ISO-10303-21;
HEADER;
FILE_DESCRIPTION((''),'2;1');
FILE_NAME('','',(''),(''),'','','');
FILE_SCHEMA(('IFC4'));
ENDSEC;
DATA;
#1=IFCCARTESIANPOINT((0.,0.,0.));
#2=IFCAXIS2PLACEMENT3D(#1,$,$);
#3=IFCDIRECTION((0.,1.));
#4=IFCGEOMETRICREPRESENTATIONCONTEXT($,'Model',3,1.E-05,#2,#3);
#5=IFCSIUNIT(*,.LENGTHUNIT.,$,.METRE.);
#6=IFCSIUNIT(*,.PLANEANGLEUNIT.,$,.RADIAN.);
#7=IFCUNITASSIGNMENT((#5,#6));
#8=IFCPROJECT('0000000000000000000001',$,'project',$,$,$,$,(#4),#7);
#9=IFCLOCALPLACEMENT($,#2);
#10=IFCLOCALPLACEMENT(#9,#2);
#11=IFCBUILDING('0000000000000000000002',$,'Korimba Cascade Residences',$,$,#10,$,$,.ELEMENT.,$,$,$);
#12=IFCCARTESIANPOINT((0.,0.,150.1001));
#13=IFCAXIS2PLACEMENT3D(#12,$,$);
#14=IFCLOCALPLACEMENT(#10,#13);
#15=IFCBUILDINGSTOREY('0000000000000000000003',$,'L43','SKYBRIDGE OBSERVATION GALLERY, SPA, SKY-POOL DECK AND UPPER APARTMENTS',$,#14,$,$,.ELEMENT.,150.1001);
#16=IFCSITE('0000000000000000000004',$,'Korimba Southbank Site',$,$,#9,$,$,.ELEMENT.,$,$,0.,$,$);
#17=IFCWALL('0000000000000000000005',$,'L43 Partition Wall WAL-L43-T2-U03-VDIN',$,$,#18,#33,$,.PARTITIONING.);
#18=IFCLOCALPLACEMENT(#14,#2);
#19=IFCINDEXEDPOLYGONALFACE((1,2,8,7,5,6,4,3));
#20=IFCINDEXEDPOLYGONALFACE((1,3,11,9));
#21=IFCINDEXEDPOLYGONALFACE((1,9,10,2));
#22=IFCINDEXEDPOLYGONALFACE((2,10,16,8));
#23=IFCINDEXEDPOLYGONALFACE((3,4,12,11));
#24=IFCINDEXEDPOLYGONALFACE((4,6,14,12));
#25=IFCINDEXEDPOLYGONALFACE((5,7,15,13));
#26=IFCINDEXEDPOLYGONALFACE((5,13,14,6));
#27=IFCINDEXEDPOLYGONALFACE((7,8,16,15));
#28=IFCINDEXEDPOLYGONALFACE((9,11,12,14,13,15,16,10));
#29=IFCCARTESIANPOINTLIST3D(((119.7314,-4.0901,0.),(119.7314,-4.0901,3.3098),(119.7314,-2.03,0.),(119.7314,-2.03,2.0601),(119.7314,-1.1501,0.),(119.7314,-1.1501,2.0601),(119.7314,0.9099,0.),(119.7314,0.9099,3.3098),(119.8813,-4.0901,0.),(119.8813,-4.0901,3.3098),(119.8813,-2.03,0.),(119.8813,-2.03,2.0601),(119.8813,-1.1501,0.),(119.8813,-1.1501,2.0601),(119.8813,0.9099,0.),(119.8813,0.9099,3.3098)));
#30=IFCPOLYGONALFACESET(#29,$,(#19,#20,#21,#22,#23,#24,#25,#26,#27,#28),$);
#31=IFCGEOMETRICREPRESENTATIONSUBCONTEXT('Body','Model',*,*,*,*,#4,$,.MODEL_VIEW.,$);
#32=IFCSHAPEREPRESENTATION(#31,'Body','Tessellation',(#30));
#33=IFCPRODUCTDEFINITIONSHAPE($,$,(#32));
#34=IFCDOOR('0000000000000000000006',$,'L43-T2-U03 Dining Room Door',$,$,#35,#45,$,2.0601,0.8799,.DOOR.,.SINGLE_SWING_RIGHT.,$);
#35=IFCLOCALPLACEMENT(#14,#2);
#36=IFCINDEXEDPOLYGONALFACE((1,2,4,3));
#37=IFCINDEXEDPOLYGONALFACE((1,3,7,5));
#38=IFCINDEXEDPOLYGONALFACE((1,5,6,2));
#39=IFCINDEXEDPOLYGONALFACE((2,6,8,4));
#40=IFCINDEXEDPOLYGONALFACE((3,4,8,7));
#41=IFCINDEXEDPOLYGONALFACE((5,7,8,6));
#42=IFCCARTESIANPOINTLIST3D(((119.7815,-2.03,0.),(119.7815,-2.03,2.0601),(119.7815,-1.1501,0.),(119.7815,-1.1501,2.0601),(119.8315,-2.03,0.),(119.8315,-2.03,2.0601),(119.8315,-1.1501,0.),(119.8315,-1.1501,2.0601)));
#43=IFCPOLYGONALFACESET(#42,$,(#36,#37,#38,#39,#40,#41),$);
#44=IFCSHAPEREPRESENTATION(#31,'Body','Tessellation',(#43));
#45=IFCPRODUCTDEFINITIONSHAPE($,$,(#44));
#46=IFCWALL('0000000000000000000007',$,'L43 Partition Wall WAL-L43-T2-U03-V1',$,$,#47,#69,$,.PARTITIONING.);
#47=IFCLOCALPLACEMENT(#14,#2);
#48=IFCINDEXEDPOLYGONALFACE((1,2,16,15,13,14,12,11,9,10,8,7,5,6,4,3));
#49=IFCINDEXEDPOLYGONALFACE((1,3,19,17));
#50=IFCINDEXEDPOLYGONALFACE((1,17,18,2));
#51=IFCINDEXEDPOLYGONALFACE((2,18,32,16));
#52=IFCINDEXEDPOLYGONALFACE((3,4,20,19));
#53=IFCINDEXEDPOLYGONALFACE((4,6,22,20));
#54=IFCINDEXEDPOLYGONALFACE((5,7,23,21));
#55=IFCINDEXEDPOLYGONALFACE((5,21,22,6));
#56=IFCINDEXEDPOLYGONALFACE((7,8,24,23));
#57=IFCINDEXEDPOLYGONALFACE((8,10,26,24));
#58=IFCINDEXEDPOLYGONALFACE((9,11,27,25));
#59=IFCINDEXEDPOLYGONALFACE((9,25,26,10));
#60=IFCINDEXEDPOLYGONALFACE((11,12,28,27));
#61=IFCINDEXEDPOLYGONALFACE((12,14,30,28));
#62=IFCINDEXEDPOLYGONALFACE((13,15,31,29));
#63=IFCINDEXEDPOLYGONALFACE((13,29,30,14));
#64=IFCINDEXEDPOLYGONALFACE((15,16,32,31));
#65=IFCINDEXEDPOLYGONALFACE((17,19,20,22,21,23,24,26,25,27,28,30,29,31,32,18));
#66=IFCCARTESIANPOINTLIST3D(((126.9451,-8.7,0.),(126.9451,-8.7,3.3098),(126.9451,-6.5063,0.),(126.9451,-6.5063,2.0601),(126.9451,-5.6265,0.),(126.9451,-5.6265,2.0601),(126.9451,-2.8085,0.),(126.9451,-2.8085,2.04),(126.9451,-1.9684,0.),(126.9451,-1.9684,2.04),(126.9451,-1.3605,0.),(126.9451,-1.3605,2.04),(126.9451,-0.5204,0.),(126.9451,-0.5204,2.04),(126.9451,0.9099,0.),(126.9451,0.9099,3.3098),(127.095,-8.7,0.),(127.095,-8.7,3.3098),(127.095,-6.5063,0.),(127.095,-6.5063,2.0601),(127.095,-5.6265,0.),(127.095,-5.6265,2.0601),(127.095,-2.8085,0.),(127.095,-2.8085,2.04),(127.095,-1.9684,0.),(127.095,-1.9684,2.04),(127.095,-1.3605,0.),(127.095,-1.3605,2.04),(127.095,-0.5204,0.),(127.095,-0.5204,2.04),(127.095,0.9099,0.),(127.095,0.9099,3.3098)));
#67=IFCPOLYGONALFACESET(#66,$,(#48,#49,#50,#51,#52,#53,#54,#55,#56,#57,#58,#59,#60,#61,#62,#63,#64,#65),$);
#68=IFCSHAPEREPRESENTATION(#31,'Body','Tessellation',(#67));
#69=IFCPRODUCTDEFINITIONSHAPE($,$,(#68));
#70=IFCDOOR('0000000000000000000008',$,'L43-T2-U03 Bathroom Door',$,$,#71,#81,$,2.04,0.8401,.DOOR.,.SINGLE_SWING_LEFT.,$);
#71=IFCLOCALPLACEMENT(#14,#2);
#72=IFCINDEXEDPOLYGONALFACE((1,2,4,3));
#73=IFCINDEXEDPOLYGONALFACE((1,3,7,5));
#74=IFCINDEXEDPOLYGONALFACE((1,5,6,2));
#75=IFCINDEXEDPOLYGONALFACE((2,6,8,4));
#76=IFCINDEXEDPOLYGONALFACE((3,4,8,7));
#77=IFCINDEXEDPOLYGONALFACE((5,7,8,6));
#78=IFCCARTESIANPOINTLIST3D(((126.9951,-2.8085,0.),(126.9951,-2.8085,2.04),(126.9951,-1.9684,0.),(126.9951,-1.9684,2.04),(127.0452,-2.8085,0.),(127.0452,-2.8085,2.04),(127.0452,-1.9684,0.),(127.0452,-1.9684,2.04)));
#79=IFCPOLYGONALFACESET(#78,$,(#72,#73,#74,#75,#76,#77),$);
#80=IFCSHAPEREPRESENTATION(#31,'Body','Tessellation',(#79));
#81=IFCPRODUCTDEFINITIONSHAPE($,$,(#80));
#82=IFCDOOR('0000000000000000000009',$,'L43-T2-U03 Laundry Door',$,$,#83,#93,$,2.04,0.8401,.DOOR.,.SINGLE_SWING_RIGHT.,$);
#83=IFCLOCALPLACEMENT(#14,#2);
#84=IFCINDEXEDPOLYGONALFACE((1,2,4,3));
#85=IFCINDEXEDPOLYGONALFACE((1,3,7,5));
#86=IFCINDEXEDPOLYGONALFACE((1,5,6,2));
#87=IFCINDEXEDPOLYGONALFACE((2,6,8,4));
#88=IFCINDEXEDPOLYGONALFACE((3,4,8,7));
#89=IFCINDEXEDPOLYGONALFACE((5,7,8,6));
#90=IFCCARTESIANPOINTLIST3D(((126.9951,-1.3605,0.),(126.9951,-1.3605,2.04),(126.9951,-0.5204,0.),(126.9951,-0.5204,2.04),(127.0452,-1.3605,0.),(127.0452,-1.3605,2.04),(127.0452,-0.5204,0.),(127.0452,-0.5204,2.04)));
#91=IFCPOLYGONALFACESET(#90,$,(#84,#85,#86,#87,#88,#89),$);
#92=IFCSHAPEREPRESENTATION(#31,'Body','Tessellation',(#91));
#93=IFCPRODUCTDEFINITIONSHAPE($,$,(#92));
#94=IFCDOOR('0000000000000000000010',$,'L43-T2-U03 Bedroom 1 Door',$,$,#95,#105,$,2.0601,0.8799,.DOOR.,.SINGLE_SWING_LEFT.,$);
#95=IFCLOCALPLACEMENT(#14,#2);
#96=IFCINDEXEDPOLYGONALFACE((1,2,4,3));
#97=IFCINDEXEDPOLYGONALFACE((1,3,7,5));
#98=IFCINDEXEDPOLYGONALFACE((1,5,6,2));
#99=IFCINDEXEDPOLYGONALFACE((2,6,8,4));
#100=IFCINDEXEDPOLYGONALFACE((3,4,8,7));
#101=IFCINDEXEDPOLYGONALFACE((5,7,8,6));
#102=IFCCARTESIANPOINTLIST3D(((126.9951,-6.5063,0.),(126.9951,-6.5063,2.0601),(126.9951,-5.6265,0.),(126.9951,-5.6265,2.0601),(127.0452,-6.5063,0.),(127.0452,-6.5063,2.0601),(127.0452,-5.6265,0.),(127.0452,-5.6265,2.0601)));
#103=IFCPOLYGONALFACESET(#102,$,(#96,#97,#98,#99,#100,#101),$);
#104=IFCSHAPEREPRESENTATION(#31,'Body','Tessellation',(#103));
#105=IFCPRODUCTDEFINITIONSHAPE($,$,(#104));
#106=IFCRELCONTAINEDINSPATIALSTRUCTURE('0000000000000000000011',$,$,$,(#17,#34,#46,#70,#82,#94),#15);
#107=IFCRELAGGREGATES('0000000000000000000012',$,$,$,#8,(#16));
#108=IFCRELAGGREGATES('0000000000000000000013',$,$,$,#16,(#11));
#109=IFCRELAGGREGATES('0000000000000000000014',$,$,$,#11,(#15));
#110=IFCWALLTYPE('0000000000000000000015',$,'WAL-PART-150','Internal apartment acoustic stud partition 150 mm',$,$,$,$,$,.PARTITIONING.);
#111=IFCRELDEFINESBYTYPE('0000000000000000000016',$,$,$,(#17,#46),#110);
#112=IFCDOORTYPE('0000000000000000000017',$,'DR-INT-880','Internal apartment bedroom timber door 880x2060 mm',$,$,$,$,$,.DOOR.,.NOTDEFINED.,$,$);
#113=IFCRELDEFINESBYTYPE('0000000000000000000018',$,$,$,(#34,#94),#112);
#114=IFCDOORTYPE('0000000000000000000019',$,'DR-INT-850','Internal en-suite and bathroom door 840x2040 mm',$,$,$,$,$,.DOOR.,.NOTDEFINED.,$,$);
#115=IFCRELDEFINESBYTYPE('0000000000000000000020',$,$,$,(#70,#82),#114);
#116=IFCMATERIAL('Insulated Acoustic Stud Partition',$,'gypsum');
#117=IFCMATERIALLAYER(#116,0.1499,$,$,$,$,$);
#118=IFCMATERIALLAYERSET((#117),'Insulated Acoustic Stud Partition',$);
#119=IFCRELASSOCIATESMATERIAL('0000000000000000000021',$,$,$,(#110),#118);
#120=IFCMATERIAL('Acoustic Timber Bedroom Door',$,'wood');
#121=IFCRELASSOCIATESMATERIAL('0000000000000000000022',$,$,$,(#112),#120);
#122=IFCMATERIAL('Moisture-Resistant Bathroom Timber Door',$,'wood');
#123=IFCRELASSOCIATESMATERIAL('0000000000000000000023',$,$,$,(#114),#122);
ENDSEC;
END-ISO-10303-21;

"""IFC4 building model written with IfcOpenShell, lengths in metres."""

from ifc_helpers import new_model, si_unit, direction, frame, frame_2d, origin, place, context, subcontext, project, spatial, rectangle, extrude, material, layer, layer_set, type_object, element, fill, save


model = new_model("IFC4")

# Units and contexts
model_context = context("Model", 3, precision=1e-05, world=origin(), true_north=direction((0.0, 1.0)))
body_context = subcontext(model_context, "Body", "Model", "MODEL_VIEW")
ifc_project = project(units=[si_unit("LENGTHUNIT", "METRE"), si_unit("PLANEANGLEUNIT", "RADIAN")], contexts=[model_context])

# Site, building, storey
site_placement = place(None, origin())
site = spatial("IfcSite", under=ifc_project, at=site_placement, Name="Korimba Southbank Site", CompositionType="ELEMENT", RefElevation=0.0)
building_placement = place(site_placement, origin())
building = spatial("IfcBuilding", under=site, at=building_placement, Name="Korimba Cascade Residences", CompositionType="ELEMENT")
storey_placement = place(building_placement, frame((0.0, 0.0, 150.1001)))
storey = spatial("IfcBuildingStorey", under=building, at=storey_placement, Name="L43", Description="SKYBRIDGE OBSERVATION GALLERY, SPA, SKY-POOL DECK AND UPPER APARTMENTS", CompositionType="ELEMENT", Elevation=150.1001)

# Wall, opening, door
ifc_material_1 = material(Name="Insulated Acoustic Stud Partition", Category="gypsum")
ifc_layer_1 = layer(ifc_material_1, 0.1499)
ifc_layer_set_1 = layer_set([ifc_layer_1], Name="Insulated Acoustic Stud Partition")
wall_type_1 = type_object("IfcWallType", Name="WAL-PART-150", Description="Internal apartment acoustic stud partition 150 mm", PredefinedType="PARTITIONING", material=ifc_layer_set_1)
wall_1_placement = place(storey_placement, frame((119.8064, -4.0901, 0.0), z_axis=(0.0, 0.0, 1.0), x_axis=(0.0, 1.0, 0.0)))
wall_1 = element("IfcWall", 1, at=wall_1_placement, inside=storey, type_object=wall_type_1, Name="L43 Partition Wall WAL-L43-T2-U03-VDIN", PredefinedType="PARTITIONING", context=body_context, shape_type="SweptSolid", body=[
    extrude(rectangle(XDim=5.0, YDim=0.1499, at=frame_2d((2.5, 0.0))), origin(), (0.0, 0.0, 1.0), 3.3098),
])
opening_1_placement = place(wall_1_placement, frame((2.0601, 0.0, 0.0)))
opening_1 = element("IfcOpeningElement", 2, at=opening_1_placement, cuts=wall_1, PredefinedType="OPENING", context=body_context, shape_type="SweptSolid", body=[
    extrude(rectangle(XDim=0.8799, YDim=2.0601, at=frame_2d((0.4399, 1.03))), frame((0.0, 0.085, 0.0), z_axis=(0.0, -1.0, 0.0), x_axis=(1.0, 0.0, 0.0)), (0.0, 0.0, 1.0), 0.1699),
])
ifc_material_2 = material(Name="Acoustic Timber Bedroom Door", Category="wood")
door_type_1 = type_object("IfcDoorType", Name="DR-INT-880", Description="Internal apartment bedroom timber door 880x2060 mm", OperationType="NOTDEFINED", PredefinedType="DOOR", material=ifc_material_2)
door_1_placement = place(opening_1_placement, origin())
door_1 = element("IfcDoor", 3, at=door_1_placement, inside=storey, type_object=door_type_1, Name="L43-T2-U03 Dining Room Door", OperationType="SINGLE_SWING_RIGHT", OverallHeight=2.0601, OverallWidth=0.8799, PredefinedType="DOOR", context=body_context, shape_type="SweptSolid", body=[
    extrude(rectangle(XDim=0.8799, YDim=2.0601, at=frame_2d((0.4399, 1.03))), frame((0.0, 0.0249, 0.0), z_axis=(0.0, -1.0, 0.0), x_axis=(1.0, 0.0, 0.0)), (0.0, 0.0, 1.0), 0.05),
])
fill(opening_1, door_1)

# Wall, openings, doors
wall_2_placement = place(storey_placement, frame((127.02, -8.7, 0.0), z_axis=(0.0, 0.0, 1.0), x_axis=(0.0, 1.0, 0.0)))
wall_2 = element("IfcWall", 4, at=wall_2_placement, inside=storey, type_object=wall_type_1, Name="L43 Partition Wall WAL-L43-T2-U03-V1", PredefinedType="PARTITIONING", context=body_context, shape_type="SweptSolid", body=[
    extrude(rectangle(XDim=9.6099, YDim=0.1499, at=frame_2d((4.8049, 0.0))), origin(), (0.0, 0.0, 1.0), 3.3098),
])
opening_2_placement = place(wall_2_placement, frame((5.8916, 0.0, 0.0)))
opening_2 = element("IfcOpeningElement", 5, at=opening_2_placement, cuts=wall_2, PredefinedType="OPENING", context=body_context, shape_type="SweptSolid", body=[
    extrude(rectangle(XDim=0.8401, YDim=2.04, at=frame_2d((0.4199, 1.02))), frame((0.0, 0.085, 0.0), z_axis=(0.0, -1.0, 0.0), x_axis=(1.0, 0.0, 0.0)), (0.0, 0.0, 1.0), 0.1699),
])
opening_3_placement = place(wall_2_placement, frame((7.3396, 0.0, 0.0)))
opening_3 = element("IfcOpeningElement", 6, at=opening_3_placement, cuts=wall_2, PredefinedType="OPENING", context=body_context, shape_type="SweptSolid", body=[
    extrude(rectangle(XDim=0.8401, YDim=2.04, at=frame_2d((0.4199, 1.02))), frame((0.0, 0.085, 0.0), z_axis=(0.0, -1.0, 0.0), x_axis=(1.0, 0.0, 0.0)), (0.0, 0.0, 1.0), 0.1699),
])
opening_4_placement = place(wall_2_placement, frame((2.1936, 0.0, 0.0)))
opening_4 = element("IfcOpeningElement", 7, at=opening_4_placement, cuts=wall_2, PredefinedType="OPENING", context=body_context, shape_type="SweptSolid", body=[
    extrude(rectangle(XDim=0.8799, YDim=2.0601, at=frame_2d((0.4399, 1.03))), frame((0.0, 0.085, 0.0), z_axis=(0.0, -1.0, 0.0), x_axis=(1.0, 0.0, 0.0)), (0.0, 0.0, 1.0), 0.1699),
])
ifc_material_3 = material(Name="Moisture-Resistant Bathroom Timber Door", Category="wood")
door_type_2 = type_object("IfcDoorType", Name="DR-INT-850", Description="Internal en-suite and bathroom door 840x2040 mm", OperationType="NOTDEFINED", PredefinedType="DOOR", material=ifc_material_3)
door_2_placement = place(opening_2_placement, origin())
door_2 = element("IfcDoor", 8, at=door_2_placement, inside=storey, type_object=door_type_2, Name="L43-T2-U03 Bathroom Door", OperationType="SINGLE_SWING_LEFT", OverallHeight=2.04, OverallWidth=0.8401, PredefinedType="DOOR", context=body_context, shape_type="SweptSolid", body=[
    extrude(rectangle(XDim=0.8401, YDim=2.04, at=frame_2d((0.4199, 1.02))), frame((0.0, 0.0249, 0.0), z_axis=(0.0, -1.0, 0.0), x_axis=(1.0, 0.0, 0.0)), (0.0, 0.0, 1.0), 0.05),
])
fill(opening_2, door_2)
door_3_placement = place(opening_3_placement, origin())
door_3 = element("IfcDoor", 9, at=door_3_placement, inside=storey, type_object=door_type_2, Name="L43-T2-U03 Laundry Door", OperationType="SINGLE_SWING_RIGHT", OverallHeight=2.04, OverallWidth=0.8401, PredefinedType="DOOR", context=body_context, shape_type="SweptSolid", body=[
    extrude(rectangle(XDim=0.8401, YDim=2.04, at=frame_2d((0.4199, 1.02))), frame((0.0, 0.0249, 0.0), z_axis=(0.0, -1.0, 0.0), x_axis=(1.0, 0.0, 0.0)), (0.0, 0.0, 1.0), 0.05),
])
fill(opening_3, door_3)
door_4_placement = place(opening_4_placement, origin())
door_4 = element("IfcDoor", 10, at=door_4_placement, inside=storey, type_object=door_type_1, Name="L43-T2-U03 Bedroom 1 Door", OperationType="SINGLE_SWING_LEFT", OverallHeight=2.0601, OverallWidth=0.8799, PredefinedType="DOOR", context=body_context, shape_type="SweptSolid", body=[
    extrude(rectangle(XDim=0.8799, YDim=2.0601, at=frame_2d((0.4399, 1.03))), frame((0.0, 0.0249, 0.0), z_axis=(0.0, -1.0, 0.0), x_axis=(1.0, 0.0, 0.0)), (0.0, 0.0, 1.0), 0.05),
])
fill(opening_4, door_4)

save(model, "model.ifc")
